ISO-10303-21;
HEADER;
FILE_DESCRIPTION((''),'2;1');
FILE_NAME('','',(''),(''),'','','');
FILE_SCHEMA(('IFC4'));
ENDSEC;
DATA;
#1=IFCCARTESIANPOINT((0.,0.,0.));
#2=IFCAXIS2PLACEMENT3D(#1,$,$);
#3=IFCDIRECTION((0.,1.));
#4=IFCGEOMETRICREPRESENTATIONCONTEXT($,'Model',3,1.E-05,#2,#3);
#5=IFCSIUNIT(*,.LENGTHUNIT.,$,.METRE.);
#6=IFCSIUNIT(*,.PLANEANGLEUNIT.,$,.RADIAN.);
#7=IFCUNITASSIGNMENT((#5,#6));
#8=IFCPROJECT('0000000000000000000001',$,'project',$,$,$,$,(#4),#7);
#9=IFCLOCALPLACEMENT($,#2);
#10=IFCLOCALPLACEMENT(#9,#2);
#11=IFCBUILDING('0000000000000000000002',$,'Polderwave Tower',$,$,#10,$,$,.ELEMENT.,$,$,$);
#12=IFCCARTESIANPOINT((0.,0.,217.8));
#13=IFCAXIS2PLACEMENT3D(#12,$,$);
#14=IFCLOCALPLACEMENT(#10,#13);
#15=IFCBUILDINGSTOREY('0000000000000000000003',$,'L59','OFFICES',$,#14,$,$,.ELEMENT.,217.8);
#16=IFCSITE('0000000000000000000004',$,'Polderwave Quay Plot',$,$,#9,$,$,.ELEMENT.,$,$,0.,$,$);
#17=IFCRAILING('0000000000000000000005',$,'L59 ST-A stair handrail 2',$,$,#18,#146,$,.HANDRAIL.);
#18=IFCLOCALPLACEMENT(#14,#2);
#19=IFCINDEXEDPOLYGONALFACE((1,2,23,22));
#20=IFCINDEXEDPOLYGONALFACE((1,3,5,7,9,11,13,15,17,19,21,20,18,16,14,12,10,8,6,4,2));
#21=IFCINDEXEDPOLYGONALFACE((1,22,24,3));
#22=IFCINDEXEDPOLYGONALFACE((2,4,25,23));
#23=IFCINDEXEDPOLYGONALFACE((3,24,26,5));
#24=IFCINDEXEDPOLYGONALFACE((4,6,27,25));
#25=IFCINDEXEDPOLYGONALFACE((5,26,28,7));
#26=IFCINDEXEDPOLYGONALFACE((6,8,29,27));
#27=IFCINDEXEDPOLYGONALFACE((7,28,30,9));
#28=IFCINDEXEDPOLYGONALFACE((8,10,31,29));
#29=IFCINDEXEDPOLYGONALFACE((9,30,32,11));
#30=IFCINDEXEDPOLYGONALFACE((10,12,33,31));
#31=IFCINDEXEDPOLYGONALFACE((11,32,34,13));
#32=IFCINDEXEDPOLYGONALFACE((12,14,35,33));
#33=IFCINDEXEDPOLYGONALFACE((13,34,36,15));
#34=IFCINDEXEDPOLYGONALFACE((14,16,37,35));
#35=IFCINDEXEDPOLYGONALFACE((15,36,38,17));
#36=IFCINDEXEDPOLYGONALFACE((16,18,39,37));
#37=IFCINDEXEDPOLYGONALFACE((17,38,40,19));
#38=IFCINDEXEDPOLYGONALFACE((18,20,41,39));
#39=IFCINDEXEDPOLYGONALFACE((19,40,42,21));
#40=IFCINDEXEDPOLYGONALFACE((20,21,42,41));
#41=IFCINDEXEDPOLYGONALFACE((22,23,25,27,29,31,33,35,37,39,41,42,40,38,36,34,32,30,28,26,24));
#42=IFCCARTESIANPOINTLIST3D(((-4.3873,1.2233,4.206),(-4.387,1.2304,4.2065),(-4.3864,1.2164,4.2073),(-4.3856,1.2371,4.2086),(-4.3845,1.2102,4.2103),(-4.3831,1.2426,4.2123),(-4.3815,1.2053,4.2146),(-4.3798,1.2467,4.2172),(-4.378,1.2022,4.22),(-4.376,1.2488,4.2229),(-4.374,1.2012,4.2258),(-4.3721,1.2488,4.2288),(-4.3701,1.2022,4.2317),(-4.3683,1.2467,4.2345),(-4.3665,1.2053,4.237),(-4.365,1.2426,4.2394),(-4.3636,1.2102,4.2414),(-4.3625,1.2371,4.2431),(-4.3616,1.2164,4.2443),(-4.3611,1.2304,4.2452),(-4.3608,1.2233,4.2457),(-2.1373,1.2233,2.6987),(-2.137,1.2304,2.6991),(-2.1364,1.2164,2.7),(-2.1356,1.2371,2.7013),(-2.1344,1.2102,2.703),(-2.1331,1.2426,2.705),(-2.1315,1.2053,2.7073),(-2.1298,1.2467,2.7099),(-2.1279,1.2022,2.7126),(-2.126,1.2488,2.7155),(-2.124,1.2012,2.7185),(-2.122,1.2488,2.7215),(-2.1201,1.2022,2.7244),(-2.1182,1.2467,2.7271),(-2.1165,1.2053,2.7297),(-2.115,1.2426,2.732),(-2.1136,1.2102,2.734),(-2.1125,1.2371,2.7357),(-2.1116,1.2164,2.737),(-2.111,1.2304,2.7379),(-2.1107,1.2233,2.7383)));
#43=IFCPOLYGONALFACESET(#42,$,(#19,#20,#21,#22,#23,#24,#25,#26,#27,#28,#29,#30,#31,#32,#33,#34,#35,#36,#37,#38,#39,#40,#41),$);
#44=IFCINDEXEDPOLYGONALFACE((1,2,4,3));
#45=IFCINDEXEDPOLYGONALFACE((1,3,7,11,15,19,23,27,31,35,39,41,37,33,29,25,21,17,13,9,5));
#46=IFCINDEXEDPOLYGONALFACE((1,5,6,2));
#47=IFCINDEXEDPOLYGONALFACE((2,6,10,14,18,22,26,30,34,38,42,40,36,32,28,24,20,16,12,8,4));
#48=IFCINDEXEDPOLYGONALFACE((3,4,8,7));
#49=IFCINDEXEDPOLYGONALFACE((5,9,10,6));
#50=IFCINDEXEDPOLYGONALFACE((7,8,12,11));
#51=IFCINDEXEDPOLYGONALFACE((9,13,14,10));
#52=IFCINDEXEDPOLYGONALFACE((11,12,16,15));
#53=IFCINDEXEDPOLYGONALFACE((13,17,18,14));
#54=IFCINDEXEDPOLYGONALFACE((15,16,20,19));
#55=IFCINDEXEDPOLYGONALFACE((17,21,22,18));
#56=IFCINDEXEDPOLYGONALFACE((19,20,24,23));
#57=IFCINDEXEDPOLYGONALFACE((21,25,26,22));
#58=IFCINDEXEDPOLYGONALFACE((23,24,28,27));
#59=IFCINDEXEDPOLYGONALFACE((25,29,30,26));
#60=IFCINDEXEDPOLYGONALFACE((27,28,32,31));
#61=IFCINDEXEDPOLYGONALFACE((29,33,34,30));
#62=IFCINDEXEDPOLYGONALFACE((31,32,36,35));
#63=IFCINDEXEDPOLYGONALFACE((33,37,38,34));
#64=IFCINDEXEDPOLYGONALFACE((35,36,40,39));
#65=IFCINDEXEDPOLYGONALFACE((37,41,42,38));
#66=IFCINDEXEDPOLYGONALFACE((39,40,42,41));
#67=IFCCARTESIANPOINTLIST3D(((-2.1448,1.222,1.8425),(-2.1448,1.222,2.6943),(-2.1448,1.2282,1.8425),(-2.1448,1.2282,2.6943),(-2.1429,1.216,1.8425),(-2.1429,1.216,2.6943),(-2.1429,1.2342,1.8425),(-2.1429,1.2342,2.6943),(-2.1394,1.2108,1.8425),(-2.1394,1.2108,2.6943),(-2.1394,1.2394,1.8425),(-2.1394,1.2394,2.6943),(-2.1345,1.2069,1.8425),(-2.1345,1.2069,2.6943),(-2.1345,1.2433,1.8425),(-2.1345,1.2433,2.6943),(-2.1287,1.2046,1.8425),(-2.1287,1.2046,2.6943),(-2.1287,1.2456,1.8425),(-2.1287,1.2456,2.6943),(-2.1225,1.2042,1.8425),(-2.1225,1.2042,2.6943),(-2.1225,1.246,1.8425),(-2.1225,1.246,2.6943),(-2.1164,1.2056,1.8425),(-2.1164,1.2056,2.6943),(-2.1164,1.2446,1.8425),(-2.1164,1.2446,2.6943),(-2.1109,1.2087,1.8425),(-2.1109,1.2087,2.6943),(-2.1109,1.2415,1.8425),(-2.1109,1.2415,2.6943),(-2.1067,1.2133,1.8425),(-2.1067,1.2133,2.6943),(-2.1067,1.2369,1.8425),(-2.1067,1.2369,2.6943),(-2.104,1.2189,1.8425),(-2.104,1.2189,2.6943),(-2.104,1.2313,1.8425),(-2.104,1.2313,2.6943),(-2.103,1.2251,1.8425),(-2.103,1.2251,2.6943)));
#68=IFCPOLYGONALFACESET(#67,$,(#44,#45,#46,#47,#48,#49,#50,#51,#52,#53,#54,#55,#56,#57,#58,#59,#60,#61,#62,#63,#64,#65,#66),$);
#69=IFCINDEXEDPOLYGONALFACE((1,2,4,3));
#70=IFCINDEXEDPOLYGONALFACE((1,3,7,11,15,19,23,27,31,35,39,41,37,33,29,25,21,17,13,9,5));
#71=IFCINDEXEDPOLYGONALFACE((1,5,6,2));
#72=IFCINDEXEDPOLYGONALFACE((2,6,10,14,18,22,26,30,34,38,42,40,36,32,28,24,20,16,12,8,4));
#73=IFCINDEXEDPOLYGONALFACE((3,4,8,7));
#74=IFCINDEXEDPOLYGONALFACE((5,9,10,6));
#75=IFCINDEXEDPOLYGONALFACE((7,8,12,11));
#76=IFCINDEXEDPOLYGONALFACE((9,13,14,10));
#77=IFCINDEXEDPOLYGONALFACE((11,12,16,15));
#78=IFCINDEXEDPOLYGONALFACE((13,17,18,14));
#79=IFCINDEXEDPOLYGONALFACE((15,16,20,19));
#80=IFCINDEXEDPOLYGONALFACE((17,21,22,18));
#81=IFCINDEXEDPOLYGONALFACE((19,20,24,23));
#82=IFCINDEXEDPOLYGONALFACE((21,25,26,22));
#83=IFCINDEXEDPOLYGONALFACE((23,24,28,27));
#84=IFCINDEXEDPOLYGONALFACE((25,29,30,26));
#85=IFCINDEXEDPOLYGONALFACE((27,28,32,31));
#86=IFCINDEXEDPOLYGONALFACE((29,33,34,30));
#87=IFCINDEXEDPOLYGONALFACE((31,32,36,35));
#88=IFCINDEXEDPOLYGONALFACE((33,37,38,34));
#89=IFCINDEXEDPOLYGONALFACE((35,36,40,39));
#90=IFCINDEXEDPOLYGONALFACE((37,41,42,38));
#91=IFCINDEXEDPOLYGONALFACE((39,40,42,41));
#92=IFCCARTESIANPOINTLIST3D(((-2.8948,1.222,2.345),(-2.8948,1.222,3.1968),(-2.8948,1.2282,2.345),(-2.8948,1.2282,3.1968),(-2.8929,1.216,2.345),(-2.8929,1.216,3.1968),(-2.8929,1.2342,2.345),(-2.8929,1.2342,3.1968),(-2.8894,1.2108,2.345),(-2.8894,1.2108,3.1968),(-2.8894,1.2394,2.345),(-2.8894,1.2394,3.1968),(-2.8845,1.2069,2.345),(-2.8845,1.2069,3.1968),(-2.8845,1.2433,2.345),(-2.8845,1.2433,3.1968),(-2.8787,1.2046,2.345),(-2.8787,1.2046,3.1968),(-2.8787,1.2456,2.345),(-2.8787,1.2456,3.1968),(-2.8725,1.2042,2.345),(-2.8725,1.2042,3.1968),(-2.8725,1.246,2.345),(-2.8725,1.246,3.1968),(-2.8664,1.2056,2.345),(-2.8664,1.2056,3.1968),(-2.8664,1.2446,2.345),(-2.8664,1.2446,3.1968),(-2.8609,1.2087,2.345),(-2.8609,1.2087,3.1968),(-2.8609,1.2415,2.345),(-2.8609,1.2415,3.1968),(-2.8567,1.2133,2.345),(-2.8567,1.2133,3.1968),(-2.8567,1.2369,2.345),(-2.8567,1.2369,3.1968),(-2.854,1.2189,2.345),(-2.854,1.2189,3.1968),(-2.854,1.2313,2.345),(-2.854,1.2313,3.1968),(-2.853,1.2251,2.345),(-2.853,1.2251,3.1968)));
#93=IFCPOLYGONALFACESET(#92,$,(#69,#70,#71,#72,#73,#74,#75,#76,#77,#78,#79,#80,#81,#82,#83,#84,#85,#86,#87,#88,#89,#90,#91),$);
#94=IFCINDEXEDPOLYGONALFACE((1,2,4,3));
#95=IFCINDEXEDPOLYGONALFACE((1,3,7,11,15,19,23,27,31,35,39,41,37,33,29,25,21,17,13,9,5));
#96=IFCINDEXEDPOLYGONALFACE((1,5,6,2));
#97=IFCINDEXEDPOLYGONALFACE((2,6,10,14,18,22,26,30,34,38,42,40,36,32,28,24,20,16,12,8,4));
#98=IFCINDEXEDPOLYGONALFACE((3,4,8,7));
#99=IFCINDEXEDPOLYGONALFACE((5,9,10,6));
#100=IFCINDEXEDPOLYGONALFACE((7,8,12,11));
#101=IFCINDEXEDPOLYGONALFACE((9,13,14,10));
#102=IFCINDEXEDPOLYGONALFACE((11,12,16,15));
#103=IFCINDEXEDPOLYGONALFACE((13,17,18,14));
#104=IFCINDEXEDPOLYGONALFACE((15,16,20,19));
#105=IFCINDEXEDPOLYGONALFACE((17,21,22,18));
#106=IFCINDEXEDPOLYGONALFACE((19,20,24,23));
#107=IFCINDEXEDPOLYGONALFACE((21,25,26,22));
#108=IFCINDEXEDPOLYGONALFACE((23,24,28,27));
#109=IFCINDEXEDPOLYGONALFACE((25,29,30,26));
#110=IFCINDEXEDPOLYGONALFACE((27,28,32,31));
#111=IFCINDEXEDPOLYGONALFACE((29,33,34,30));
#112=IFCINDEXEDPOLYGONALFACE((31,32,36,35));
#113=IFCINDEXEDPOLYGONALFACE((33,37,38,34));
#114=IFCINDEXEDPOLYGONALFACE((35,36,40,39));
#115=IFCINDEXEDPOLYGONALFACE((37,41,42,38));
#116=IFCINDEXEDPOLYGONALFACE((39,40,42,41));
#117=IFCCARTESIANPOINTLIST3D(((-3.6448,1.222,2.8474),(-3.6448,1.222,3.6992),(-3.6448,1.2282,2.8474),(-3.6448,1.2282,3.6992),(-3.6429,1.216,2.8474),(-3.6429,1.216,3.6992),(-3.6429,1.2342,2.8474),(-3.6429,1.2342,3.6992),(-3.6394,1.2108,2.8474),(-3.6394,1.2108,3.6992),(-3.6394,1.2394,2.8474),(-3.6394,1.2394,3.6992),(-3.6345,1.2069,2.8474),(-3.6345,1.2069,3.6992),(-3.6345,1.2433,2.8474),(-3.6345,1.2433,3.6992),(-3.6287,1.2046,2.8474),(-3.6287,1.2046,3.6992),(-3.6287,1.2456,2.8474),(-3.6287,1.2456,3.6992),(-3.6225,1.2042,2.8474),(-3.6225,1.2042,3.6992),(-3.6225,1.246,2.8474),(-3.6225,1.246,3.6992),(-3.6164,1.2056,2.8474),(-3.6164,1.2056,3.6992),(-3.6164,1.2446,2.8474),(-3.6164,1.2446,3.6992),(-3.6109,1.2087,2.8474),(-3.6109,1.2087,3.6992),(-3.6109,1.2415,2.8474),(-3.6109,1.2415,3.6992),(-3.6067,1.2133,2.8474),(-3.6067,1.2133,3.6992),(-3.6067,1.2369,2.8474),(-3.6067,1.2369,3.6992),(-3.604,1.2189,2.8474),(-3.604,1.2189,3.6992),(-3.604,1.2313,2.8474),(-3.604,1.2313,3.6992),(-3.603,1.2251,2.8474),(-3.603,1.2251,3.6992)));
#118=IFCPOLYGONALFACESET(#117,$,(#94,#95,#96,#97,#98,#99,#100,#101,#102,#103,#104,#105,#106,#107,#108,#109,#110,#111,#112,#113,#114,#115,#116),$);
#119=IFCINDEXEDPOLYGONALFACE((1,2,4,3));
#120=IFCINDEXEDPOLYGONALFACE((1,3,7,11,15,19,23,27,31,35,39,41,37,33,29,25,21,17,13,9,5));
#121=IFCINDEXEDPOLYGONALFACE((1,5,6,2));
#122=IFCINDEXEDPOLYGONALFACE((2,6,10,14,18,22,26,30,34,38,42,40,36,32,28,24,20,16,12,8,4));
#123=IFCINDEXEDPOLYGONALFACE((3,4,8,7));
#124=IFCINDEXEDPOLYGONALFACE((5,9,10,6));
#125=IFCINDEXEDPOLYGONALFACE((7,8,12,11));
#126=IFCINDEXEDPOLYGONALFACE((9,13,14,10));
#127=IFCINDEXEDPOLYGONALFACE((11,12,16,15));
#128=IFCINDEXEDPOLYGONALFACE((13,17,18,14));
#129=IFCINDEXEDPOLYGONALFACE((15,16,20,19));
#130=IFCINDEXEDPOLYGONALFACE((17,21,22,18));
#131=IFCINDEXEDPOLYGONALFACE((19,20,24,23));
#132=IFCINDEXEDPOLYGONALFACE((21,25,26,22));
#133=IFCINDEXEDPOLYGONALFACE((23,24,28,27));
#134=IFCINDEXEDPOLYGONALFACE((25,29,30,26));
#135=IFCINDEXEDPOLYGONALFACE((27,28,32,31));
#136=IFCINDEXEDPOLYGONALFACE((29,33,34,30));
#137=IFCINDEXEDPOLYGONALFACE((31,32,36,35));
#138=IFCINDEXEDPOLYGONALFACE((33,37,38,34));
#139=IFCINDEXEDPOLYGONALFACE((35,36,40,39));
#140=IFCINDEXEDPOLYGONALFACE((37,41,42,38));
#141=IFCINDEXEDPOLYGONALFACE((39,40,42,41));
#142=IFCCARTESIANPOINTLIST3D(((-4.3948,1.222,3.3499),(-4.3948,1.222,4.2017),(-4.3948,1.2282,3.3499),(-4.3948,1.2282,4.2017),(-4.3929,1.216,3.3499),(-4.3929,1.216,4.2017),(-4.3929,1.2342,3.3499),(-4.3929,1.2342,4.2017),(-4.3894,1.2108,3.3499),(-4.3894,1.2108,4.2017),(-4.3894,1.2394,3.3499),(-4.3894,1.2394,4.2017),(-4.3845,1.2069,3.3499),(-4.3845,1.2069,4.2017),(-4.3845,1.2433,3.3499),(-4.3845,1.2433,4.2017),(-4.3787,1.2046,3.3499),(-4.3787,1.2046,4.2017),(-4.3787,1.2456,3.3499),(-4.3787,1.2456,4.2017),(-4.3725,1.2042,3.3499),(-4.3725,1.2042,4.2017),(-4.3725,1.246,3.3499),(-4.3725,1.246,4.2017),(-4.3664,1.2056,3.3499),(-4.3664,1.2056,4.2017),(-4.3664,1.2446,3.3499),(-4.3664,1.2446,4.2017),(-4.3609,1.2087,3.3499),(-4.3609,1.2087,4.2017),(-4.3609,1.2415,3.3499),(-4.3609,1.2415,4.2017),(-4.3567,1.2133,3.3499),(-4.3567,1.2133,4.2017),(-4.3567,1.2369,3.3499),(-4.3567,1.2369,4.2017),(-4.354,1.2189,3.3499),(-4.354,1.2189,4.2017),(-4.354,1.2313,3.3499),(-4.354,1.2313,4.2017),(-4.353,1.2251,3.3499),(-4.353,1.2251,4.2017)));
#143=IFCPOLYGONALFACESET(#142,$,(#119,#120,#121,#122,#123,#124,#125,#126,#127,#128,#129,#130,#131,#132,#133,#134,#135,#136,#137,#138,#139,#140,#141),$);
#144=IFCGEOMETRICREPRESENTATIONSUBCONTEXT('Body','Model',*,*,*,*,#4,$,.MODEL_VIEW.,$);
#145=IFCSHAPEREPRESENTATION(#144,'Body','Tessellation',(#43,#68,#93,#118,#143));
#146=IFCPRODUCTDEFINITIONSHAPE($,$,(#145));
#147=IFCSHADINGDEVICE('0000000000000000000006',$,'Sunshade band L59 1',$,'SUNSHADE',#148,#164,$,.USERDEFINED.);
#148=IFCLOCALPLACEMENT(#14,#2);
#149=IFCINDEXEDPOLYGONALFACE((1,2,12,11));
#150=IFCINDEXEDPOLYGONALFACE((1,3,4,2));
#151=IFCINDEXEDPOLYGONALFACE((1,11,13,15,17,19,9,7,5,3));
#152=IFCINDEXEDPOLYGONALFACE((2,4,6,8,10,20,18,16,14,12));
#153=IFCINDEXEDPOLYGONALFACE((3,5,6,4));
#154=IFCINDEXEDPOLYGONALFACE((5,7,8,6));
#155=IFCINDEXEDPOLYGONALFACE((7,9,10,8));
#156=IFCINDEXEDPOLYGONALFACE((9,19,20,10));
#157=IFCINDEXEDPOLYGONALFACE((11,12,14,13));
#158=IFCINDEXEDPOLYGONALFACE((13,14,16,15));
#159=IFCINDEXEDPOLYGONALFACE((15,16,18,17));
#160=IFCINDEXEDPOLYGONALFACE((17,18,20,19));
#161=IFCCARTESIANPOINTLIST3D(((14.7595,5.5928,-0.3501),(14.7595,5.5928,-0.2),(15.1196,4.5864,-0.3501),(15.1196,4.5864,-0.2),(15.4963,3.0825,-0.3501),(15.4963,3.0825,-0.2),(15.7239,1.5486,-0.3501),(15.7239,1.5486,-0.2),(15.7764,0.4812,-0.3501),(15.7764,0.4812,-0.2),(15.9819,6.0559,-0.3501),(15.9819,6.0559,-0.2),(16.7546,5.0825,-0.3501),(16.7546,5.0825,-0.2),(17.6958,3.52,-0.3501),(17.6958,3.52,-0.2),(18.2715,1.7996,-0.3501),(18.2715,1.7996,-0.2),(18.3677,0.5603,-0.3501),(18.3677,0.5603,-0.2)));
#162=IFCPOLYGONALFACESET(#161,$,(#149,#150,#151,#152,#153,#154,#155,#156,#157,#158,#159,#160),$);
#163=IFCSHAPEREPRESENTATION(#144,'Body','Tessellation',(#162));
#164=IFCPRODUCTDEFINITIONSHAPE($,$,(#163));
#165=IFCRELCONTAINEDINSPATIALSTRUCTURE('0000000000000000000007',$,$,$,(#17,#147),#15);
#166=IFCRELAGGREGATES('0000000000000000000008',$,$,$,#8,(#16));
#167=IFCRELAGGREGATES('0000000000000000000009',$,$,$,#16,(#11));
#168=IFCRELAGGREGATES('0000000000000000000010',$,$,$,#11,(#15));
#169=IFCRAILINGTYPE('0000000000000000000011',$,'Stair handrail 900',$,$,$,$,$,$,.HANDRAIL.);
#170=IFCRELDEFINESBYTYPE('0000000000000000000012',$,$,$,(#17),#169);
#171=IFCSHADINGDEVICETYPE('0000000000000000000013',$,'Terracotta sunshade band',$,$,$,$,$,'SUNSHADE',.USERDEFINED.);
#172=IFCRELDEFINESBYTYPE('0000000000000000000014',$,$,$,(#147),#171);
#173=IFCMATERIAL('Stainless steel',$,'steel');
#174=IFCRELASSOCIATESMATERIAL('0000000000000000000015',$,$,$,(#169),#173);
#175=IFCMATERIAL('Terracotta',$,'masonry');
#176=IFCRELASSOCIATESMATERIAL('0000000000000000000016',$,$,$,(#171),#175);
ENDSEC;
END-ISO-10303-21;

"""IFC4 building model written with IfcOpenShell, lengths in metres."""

from ifc_helpers import new_model, si_unit, direction, frame, origin, origin_2d, place, context, subcontext, project, spatial, polyline, circle, outline, extrude, material, type_object, element, save


model = new_model("IFC4")

# Units and contexts
model_context = context("Model", 3, precision=1e-05, world=origin(), true_north=direction((0.0, 1.0)))
body_context = subcontext(model_context, "Body", "Model", "MODEL_VIEW")
ifc_project = project(units=[si_unit("LENGTHUNIT", "METRE"), si_unit("PLANEANGLEUNIT", "RADIAN")], contexts=[model_context])

# Site, building, storey
site_placement = place(None, origin())
site = spatial("IfcSite", under=ifc_project, at=site_placement, Name="Polderwave Quay Plot", CompositionType="ELEMENT", RefElevation=0.0)
building_placement = place(site_placement, origin())
building = spatial("IfcBuilding", under=site, at=building_placement, Name="Polderwave Tower", CompositionType="ELEMENT")
storey_placement = place(building_placement, frame((0.0, 0.0, 217.8)))
storey = spatial("IfcBuildingStorey", under=building, at=storey_placement, Name="L59", Description="OFFICES", CompositionType="ELEMENT", Elevation=217.8)

# Shared definitions
ifc_material_1 = material(Name="Stainless steel", Category="steel")

# Railing
railing_type_1 = type_object("IfcRailingType", Name="Stair handrail 900", PredefinedType="HANDRAIL", material=ifc_material_1)
railing_1_placement = place(storey_placement, frame((-2.124, 1.2251, 1.8425)))
element("IfcRailing", 1, at=railing_1_placement, inside=storey, type_object=railing_type_1, Name="L59 ST-A stair handrail 2", PredefinedType="HANDRAIL", context=body_context, shape_type="SweptSolid", body=[
    extrude(circle(Radius=0.0239, at=origin_2d()), frame((0.0, 0.0, 0.876), z_axis=(-0.8308, 0.0, 0.556571), x_axis=(0.0, -1.0, 0.0)), (0.0, 0.0, 1.0), 2.7083),
    extrude(circle(Radius=0.021, at=origin_2d()), origin(), (0.0, 0.0, 1.0), 0.8518),
    extrude(circle(Radius=0.021, at=origin_2d()), frame((-0.75, 0.0, 0.5024)), (0.0, 0.0, 1.0), 0.8518),
    extrude(circle(Radius=0.021, at=origin_2d()), frame((-1.5, 0.0, 1.0049)), (0.0, 0.0, 1.0), 0.8518),
    extrude(circle(Radius=0.021, at=origin_2d()), frame((-2.25, 0.0, 1.5073)), (0.0, 0.0, 1.0), 0.8518),
])

# Shading device
ifc_material_2 = material(Name="Terracotta", Category="masonry")
shading_device_type = type_object("IfcShadingDeviceType", Name="Terracotta sunshade band", ElementType="SUNSHADE", PredefinedType="USERDEFINED", material=ifc_material_2)
shading_device_placement = place(storey_placement, frame((0.0, 0.0, -0.3501)))
element("IfcShadingDevice", 2, at=shading_device_placement, inside=storey, type_object=shading_device_type, Name="Sunshade band L59 1", ObjectType="SUNSHADE", PredefinedType="USERDEFINED", context=body_context, shape_type="SweptSolid", body=[
    extrude(outline(polyline([(15.7764, 0.4812), (15.7239, 1.5486), (15.4963, 3.0825), (15.1196, 4.5864), (14.7595, 5.5928), (15.9819, 6.0559), (16.7546, 5.0825), (17.6958, 3.52), (18.2715, 1.7996), (18.3677, 0.5603), (15.7764, 0.4812)])), origin(), (0.0, 0.0, 1.0), 0.1501),
])

save(model, "model.ifc")
